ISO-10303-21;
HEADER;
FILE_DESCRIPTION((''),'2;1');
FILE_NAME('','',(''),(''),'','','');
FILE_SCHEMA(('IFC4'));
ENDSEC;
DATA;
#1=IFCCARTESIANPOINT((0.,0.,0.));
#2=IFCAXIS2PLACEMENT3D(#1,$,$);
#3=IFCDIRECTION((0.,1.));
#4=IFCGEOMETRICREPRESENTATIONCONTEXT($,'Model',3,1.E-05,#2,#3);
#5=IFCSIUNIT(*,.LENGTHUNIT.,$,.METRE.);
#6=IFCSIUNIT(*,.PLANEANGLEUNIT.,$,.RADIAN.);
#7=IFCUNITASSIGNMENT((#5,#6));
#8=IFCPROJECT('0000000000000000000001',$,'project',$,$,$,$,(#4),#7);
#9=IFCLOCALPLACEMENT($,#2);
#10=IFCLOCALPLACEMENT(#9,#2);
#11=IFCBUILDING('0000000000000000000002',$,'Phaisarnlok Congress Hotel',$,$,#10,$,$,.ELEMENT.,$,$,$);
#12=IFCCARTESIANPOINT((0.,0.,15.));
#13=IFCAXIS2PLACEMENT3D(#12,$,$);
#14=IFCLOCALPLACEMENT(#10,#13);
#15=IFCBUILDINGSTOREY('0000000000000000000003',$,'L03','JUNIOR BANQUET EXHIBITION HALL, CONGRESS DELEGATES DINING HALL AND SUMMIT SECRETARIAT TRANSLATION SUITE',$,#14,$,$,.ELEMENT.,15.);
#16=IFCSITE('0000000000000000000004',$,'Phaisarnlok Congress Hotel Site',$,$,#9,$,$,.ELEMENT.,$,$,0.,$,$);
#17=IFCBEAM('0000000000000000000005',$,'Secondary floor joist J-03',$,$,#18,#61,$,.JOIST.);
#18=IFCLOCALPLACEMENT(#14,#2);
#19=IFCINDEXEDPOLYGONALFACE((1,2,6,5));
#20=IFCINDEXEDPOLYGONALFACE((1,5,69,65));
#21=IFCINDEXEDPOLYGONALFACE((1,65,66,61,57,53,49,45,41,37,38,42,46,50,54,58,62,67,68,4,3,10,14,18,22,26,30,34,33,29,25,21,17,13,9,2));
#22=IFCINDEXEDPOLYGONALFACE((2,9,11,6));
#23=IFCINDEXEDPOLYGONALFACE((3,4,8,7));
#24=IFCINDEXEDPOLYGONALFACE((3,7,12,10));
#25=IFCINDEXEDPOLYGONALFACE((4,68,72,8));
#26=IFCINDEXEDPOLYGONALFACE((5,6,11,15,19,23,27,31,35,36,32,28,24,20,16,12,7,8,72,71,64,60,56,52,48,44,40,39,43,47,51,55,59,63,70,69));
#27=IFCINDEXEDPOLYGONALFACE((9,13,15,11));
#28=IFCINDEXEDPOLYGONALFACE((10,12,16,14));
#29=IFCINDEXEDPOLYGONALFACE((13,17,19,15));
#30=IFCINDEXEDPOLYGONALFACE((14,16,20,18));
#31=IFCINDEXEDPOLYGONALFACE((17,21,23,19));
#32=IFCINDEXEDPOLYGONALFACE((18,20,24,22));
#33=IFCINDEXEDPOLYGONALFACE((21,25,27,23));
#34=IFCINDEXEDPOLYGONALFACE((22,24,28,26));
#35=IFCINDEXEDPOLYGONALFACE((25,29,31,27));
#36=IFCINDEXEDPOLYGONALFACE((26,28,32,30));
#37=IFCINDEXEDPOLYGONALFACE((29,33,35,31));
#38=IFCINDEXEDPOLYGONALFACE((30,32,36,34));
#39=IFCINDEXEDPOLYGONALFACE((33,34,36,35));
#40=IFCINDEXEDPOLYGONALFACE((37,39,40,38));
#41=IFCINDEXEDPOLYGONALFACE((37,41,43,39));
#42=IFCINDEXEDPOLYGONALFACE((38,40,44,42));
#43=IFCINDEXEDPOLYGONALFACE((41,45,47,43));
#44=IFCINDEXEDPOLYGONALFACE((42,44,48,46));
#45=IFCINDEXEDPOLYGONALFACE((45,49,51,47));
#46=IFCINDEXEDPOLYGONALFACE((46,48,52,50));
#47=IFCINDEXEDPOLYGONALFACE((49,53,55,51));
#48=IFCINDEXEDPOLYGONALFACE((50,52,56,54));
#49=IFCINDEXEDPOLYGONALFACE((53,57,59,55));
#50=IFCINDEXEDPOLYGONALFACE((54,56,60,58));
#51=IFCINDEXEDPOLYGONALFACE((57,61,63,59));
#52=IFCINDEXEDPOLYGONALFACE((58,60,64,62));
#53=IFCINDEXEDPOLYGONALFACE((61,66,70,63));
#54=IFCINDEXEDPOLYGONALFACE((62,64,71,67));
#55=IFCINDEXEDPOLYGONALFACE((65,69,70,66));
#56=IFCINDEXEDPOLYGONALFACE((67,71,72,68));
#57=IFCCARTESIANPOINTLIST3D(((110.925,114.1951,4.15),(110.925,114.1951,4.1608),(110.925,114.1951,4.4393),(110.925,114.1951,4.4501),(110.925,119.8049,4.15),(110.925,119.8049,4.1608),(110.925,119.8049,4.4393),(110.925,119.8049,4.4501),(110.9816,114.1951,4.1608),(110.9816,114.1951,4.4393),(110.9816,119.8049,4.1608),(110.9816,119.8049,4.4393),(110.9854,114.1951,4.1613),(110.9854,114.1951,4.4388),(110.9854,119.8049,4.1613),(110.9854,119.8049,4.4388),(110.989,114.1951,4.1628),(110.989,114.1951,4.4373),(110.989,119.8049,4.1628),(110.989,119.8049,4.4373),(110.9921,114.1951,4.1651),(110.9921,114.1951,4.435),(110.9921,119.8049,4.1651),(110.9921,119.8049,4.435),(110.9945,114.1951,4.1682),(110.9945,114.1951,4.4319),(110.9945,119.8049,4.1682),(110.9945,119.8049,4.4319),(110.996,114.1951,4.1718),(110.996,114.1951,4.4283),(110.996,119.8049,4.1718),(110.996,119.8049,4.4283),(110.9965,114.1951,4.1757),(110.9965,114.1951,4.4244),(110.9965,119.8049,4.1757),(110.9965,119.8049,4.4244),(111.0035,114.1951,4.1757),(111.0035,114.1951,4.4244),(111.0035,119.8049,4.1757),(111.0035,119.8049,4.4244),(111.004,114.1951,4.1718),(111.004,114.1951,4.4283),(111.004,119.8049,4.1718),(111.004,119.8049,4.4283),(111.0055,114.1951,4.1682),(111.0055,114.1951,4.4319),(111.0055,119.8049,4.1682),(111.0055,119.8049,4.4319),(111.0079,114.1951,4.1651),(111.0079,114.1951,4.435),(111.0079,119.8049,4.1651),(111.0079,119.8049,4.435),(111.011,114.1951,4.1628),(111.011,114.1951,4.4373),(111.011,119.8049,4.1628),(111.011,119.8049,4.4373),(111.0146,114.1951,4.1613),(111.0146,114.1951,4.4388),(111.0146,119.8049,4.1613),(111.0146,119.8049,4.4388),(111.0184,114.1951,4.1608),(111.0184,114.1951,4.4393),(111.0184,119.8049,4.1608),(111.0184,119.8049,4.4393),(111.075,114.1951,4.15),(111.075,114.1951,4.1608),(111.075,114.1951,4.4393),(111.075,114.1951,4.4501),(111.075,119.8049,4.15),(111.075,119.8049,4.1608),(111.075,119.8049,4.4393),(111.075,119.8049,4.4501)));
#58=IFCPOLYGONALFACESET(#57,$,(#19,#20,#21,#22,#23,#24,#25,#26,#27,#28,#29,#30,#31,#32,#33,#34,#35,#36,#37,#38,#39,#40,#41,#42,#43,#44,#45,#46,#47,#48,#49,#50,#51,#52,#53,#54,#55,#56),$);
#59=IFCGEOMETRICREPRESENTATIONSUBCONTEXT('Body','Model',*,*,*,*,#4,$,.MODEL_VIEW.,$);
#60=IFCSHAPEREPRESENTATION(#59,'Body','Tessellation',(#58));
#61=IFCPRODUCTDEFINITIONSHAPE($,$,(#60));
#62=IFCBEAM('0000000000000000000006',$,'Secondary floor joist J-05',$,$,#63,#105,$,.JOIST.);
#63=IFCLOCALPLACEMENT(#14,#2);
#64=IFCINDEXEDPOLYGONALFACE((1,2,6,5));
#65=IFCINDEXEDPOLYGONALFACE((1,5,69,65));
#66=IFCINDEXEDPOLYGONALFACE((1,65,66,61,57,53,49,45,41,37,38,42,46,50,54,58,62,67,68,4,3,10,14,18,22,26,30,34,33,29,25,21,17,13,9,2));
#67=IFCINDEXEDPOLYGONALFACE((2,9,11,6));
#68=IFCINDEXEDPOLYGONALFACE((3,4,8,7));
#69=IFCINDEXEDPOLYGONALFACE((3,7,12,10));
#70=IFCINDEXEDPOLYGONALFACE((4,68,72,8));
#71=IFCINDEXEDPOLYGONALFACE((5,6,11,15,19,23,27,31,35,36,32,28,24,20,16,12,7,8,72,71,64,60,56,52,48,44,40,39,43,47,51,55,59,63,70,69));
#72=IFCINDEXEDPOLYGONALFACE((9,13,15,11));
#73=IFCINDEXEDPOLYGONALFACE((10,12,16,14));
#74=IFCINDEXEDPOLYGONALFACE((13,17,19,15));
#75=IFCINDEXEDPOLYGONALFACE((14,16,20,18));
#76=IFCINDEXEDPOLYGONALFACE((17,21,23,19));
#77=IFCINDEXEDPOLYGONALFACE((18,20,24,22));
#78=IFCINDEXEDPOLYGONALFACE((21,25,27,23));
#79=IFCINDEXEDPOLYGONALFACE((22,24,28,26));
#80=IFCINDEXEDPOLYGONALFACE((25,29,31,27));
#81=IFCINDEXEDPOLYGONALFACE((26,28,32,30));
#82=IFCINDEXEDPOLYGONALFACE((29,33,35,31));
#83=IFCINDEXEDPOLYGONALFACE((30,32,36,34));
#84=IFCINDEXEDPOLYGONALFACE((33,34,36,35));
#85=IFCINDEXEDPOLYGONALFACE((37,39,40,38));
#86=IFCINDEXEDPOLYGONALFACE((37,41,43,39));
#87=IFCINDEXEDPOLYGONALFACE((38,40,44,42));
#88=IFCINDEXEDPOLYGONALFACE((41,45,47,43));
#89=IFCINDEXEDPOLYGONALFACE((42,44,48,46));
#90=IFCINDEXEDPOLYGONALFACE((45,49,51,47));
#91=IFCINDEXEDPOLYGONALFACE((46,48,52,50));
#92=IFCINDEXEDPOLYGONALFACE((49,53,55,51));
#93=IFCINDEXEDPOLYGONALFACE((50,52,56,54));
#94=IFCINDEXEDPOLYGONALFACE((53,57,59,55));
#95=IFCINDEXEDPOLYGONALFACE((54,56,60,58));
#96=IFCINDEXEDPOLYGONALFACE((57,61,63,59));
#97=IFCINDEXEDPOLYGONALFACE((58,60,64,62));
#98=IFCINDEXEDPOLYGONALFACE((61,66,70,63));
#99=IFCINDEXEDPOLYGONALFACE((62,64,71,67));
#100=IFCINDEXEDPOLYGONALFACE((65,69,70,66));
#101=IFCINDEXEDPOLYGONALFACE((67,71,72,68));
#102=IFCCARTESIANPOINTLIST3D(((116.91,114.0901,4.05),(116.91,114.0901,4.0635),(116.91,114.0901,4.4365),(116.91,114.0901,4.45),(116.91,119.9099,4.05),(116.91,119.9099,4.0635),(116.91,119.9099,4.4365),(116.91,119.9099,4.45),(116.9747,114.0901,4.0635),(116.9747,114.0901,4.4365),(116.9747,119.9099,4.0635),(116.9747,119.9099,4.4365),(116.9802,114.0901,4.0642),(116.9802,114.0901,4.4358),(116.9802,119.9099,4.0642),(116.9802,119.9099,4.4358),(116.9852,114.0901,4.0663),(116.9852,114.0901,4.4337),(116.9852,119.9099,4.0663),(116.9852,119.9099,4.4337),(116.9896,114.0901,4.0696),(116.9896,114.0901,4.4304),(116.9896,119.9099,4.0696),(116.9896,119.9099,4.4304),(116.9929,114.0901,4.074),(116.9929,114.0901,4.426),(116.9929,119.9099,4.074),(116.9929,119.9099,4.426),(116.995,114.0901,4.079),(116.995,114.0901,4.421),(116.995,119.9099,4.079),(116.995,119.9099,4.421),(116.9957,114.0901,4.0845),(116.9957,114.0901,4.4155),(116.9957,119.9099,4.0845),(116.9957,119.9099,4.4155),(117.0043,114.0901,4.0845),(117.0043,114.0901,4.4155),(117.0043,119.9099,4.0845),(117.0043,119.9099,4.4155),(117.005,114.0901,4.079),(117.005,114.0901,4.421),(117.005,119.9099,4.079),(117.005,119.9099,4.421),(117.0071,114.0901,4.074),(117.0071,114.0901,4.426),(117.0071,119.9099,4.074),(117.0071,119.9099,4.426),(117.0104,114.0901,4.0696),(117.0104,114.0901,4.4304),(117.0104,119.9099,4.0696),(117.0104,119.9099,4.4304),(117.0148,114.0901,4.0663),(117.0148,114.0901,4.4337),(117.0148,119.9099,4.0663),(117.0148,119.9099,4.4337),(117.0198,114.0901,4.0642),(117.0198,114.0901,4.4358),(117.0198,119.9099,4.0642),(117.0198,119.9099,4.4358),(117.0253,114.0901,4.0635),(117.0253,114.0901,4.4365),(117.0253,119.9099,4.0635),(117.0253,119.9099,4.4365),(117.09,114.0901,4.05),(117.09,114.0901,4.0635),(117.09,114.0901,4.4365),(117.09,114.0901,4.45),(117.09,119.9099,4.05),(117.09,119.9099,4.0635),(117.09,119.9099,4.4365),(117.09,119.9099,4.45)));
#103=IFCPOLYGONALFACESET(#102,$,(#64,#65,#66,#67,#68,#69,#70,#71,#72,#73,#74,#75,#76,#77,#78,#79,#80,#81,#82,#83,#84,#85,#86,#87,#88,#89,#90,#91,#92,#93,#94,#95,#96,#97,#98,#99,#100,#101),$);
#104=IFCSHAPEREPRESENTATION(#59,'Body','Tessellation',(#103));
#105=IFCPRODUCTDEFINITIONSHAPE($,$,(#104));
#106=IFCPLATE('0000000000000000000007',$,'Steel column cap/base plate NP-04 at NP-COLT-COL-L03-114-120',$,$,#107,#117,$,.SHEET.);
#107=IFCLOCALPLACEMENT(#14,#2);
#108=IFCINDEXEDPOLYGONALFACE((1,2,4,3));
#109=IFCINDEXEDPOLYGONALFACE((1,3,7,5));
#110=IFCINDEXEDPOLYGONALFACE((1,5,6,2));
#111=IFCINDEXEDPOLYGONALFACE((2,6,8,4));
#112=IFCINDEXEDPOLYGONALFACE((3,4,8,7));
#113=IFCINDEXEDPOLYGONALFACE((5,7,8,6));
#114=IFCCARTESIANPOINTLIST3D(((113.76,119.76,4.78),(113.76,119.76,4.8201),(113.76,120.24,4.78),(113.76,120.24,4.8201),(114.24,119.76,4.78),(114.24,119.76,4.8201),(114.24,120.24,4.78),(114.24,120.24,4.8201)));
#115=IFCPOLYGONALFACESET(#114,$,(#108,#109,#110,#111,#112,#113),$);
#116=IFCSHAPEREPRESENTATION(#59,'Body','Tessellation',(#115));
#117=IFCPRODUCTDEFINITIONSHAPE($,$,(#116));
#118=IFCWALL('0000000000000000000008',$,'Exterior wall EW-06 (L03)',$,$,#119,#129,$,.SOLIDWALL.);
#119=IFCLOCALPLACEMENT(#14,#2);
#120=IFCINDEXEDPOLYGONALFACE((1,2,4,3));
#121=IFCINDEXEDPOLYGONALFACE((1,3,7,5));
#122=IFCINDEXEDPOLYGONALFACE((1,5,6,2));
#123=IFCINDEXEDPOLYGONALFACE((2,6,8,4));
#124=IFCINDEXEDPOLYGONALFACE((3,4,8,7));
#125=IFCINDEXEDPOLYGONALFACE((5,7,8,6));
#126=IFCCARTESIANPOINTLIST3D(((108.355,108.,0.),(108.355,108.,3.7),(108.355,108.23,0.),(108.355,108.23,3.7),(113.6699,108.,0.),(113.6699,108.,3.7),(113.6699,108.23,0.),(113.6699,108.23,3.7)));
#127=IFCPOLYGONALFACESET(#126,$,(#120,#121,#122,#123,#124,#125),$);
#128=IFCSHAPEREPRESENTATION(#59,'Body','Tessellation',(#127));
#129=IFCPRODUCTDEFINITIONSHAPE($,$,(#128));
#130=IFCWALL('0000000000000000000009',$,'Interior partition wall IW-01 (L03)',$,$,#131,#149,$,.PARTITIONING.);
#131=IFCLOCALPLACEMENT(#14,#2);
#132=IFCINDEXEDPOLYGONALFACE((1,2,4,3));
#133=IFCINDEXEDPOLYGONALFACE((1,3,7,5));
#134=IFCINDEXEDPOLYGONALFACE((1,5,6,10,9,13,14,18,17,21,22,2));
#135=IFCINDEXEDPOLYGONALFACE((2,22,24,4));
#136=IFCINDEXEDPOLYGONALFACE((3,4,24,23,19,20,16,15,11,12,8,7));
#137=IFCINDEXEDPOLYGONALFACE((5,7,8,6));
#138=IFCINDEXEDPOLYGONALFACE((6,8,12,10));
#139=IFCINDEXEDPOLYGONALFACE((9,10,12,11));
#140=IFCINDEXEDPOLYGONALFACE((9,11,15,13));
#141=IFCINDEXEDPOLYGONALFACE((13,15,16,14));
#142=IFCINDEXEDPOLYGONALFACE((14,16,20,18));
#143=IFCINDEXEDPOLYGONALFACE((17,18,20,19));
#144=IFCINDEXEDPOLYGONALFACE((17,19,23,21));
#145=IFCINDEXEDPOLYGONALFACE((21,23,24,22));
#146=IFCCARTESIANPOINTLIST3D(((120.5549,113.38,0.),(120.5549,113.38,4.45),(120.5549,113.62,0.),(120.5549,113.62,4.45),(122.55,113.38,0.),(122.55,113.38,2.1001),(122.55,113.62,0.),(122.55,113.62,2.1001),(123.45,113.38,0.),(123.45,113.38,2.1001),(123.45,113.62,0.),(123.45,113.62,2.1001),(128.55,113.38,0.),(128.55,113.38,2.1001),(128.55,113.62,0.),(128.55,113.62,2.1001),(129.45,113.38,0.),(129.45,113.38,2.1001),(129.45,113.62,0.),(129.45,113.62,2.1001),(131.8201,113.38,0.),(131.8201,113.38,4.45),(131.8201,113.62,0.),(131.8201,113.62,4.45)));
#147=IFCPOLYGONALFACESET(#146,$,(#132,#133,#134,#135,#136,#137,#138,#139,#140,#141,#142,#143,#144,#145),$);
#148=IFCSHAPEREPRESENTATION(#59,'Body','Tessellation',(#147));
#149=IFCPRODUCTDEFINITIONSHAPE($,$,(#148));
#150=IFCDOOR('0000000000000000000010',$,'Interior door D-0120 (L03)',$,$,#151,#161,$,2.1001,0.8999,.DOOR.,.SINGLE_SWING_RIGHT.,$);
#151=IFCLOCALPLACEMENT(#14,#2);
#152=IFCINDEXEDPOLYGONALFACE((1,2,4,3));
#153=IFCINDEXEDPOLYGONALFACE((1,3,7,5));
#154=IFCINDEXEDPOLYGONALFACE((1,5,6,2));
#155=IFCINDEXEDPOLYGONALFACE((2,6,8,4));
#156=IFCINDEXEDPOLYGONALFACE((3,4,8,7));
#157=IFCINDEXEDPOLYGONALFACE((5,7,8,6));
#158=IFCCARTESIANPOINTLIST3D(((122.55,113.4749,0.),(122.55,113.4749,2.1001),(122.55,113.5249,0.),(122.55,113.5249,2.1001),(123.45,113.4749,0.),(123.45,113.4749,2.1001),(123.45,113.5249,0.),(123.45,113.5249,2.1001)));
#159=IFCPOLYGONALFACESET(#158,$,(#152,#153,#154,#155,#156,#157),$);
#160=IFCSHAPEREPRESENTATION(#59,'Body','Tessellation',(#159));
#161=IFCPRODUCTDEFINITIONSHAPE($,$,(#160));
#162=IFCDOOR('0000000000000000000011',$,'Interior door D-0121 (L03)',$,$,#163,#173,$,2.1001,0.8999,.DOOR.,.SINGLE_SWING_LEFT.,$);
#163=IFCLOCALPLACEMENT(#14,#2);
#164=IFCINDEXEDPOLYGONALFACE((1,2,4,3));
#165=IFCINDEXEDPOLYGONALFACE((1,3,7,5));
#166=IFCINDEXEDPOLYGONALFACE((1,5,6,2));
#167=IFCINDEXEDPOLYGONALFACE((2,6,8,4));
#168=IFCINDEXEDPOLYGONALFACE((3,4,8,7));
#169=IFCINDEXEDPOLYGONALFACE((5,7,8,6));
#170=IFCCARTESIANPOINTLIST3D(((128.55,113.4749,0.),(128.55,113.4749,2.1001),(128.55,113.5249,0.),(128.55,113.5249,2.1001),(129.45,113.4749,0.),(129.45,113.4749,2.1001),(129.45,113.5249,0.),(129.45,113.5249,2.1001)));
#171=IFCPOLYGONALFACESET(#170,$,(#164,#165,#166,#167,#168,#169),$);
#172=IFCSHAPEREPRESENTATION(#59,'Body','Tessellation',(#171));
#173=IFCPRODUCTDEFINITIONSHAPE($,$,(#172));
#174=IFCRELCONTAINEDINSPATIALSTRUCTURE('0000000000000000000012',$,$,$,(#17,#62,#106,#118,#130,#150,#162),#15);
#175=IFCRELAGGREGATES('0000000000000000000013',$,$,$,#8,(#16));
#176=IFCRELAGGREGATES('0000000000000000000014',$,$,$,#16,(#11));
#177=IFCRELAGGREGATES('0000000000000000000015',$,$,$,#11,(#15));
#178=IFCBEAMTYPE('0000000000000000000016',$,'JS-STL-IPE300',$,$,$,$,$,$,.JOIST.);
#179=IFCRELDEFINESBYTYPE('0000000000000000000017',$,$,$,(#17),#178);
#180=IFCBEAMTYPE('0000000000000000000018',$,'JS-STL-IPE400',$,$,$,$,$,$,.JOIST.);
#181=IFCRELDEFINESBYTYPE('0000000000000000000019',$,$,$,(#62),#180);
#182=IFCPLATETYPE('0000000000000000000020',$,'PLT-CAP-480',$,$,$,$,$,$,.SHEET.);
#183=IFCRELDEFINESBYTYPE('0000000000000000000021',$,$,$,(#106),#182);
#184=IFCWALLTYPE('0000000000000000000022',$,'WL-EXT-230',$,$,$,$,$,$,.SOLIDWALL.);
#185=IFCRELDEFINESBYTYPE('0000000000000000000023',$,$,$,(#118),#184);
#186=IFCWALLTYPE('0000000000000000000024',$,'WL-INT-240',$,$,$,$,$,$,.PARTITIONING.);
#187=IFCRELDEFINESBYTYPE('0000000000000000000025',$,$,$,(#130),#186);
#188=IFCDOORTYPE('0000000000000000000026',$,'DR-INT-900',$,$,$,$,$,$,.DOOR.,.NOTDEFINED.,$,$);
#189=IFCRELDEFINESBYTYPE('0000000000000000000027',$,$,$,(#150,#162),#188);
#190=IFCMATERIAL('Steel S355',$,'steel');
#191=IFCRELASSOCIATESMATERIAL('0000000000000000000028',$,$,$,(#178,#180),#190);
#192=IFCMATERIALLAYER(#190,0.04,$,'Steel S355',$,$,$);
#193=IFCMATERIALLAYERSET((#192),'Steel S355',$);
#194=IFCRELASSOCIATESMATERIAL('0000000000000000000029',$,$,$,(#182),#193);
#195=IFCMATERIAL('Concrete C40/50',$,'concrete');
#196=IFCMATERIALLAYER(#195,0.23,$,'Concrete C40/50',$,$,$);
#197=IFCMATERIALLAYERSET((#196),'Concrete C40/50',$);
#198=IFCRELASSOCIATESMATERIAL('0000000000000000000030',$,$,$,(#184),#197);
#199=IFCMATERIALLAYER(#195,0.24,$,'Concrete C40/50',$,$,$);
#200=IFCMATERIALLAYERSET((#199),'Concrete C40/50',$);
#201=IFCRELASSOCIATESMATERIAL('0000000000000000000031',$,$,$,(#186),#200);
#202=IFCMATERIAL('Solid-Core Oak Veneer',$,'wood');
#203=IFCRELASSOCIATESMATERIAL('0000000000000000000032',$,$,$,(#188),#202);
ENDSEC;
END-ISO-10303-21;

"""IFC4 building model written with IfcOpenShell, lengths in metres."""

from ifc_helpers import new_model, si_unit, direction, frame, frame_2d, origin, origin_2d, place, context, subcontext, project, spatial, rectangle, i_section, extrude, material, layer, layer_set, material_profile, profile_set, type_object, element, fill, save


model = new_model("IFC4")

# Units and contexts
model_context = context("Model", 3, precision=1e-05, world=origin(), true_north=direction((0.0, 1.0)))
body_context = subcontext(model_context, "Body", "Model", "MODEL_VIEW")
ifc_project = project(units=[si_unit("LENGTHUNIT", "METRE"), si_unit("PLANEANGLEUNIT", "RADIAN")], contexts=[model_context])

# Site, building, storey
site_placement = place(None, origin())
site = spatial("IfcSite", under=ifc_project, at=site_placement, Name="Phaisarnlok Congress Hotel Site", CompositionType="ELEMENT", RefElevation=0.0)
building_placement = place(site_placement, origin())
building = spatial("IfcBuilding", under=site, at=building_placement, Name="Phaisarnlok Congress Hotel", CompositionType="ELEMENT")
storey_placement = place(building_placement, frame((0.0, 0.0, 15.0)))
storey = spatial("IfcBuildingStorey", under=building, at=storey_placement, Name="L03", Description="JUNIOR BANQUET EXHIBITION HALL, CONGRESS DELEGATES DINING HALL AND SUMMIT SECRETARIAT TRANSLATION SUITE", CompositionType="ELEMENT", Elevation=15.0)

# Shared definitions
ifc_material_1 = material(Name="Steel S355", Category="steel")

# Beams
ifc_material_2 = material(Name="Concrete C40/50", Category="concrete")
ifc_material_profile_1 = material_profile(ifc_material_1, i_section(OverallWidth=0.1499, OverallDepth=0.3, WebThickness=0.0071, FlangeThickness=0.0107, FilletRadius=0.0149, at=origin_2d()), Name="IPE 300")
ifc_profile_set_1 = profile_set([ifc_material_profile_1], Name="Steel S355")
beam_type_1 = type_object("IfcBeamType", Name="JS-STL-IPE300", PredefinedType="JOIST", material=ifc_profile_set_1)
beam_1_placement = place(storey_placement, frame((111.0, 114.1951, 4.3), z_axis=(0.0, 1.0, 0.0), x_axis=(-1.0, 0.0, 0.0)))
element("IfcBeam", 1, at=beam_1_placement, inside=storey, type_object=beam_type_1, Name="Secondary floor joist J-03", PredefinedType="JOIST", context=body_context, shape_type="SweptSolid", body=[
    extrude(i_section(OverallWidth=0.1499, OverallDepth=0.3, WebThickness=0.0071, FlangeThickness=0.0107, FilletRadius=0.0149, at=origin_2d()), origin(), (0.0, 0.0, 1.0), 5.6099),
])
ifc_material_profile_2 = material_profile(ifc_material_1, i_section(OverallWidth=0.1799, OverallDepth=0.3999, WebThickness=0.0085, FlangeThickness=0.0134, FilletRadius=0.021, at=origin_2d()), Name="IPE 400")
ifc_profile_set_2 = profile_set([ifc_material_profile_2], Name="Steel S355")
beam_type_2 = type_object("IfcBeamType", Name="JS-STL-IPE400", PredefinedType="JOIST", material=ifc_profile_set_2)
beam_2_placement = place(storey_placement, frame((117.0, 114.0901, 4.25), z_axis=(0.0, 1.0, 0.0), x_axis=(-1.0, 0.0, 0.0)))
element("IfcBeam", 2, at=beam_2_placement, inside=storey, type_object=beam_type_2, Name="Secondary floor joist J-05", PredefinedType="JOIST", context=body_context, shape_type="SweptSolid", body=[
    extrude(i_section(OverallWidth=0.1799, OverallDepth=0.3999, WebThickness=0.0085, FlangeThickness=0.0134, FilletRadius=0.021, at=origin_2d()), origin(), (0.0, 0.0, 1.0), 5.8198),
])

# Plate
ifc_layer_1 = layer(ifc_material_1, 0.04, Name="Steel S355")
ifc_layer_set_1 = layer_set([ifc_layer_1], Name="Steel S355")
plate_type = type_object("IfcPlateType", Name="PLT-CAP-480", PredefinedType="SHEET", material=ifc_layer_set_1)
plate_placement = place(storey_placement, frame((114.0, 120.0, 4.78), z_axis=(0.0, 0.0, 1.0), x_axis=(1.0, 0.0, 0.0)))
element("IfcPlate", 3, at=plate_placement, inside=storey, type_object=plate_type, Name="Steel column cap/base plate NP-04 at NP-COLT-COL-L03-114-120", PredefinedType="SHEET", context=body_context, shape_type="SweptSolid", body=[
    extrude(rectangle(XDim=0.48, YDim=0.48, at=origin_2d()), origin(), (0.0, 0.0, 1.0), 0.04),
])

# Wall
ifc_layer_2 = layer(ifc_material_2, 0.23, Name="Concrete C40/50")
ifc_layer_set_2 = layer_set([ifc_layer_2], Name="Concrete C40/50")
wall_type_1 = type_object("IfcWallType", Name="WL-EXT-230", PredefinedType="SOLIDWALL", material=ifc_layer_set_2)
wall_1_placement = place(storey_placement, frame((108.355, 108.115, 0.0), z_axis=(0.0, 0.0, 1.0), x_axis=(1.0, 0.0, 0.0)))
element("IfcWall", 4, at=wall_1_placement, inside=storey, type_object=wall_type_1, Name="Exterior wall EW-06 (L03)", PredefinedType="SOLIDWALL", context=body_context, shape_type="SweptSolid", body=[
    extrude(rectangle(XDim=5.3149, YDim=0.23, at=frame_2d((2.6575, 0.0))), origin(), (0.0, 0.0, 1.0), 3.7),
])

# Wall, openings, doors
ifc_layer_3 = layer(ifc_material_2, 0.24, Name="Concrete C40/50")
ifc_layer_set_3 = layer_set([ifc_layer_3], Name="Concrete C40/50")
wall_type_2 = type_object("IfcWallType", Name="WL-INT-240", PredefinedType="PARTITIONING", material=ifc_layer_set_3)
wall_2_placement = place(storey_placement, frame((120.5549, 113.5, 0.0), z_axis=(0.0, 0.0, 1.0), x_axis=(1.0, 0.0, 0.0)))
wall_2 = element("IfcWall", 5, at=wall_2_placement, inside=storey, type_object=wall_type_2, Name="Interior partition wall IW-01 (L03)", PredefinedType="PARTITIONING", context=body_context, shape_type="SweptSolid", body=[
    extrude(rectangle(XDim=11.2651, YDim=0.24, at=frame_2d((5.6326, 0.0))), origin(), (0.0, 0.0, 1.0), 4.45),
])
opening_1_placement = place(wall_2_placement, frame((1.9951, 0.0, 0.0)))
opening_1 = element("IfcOpeningElement", 6, at=opening_1_placement, cuts=wall_2, PredefinedType="OPENING", context=body_context, shape_type="SweptSolid", body=[
    extrude(rectangle(XDim=0.8999, YDim=2.1001, at=frame_2d((0.45, 1.05))), frame((0.0, 0.1299, 0.0), z_axis=(0.0, -1.0, 0.0), x_axis=(1.0, 0.0, 0.0)), (0.0, 0.0, 1.0), 0.26),
])
opening_2_placement = place(wall_2_placement, frame((7.9951, 0.0, 0.0)))
opening_2 = element("IfcOpeningElement", 7, at=opening_2_placement, cuts=wall_2, PredefinedType="OPENING", context=body_context, shape_type="SweptSolid", body=[
    extrude(rectangle(XDim=0.8999, YDim=2.1001, at=frame_2d((0.45, 1.05))), frame((0.0, 0.1299, 0.0), z_axis=(0.0, -1.0, 0.0), x_axis=(1.0, 0.0, 0.0)), (0.0, 0.0, 1.0), 0.26),
])
ifc_material_3 = material(Name="Solid-Core Oak Veneer", Category="wood")
door_type_1 = type_object("IfcDoorType", Name="DR-INT-900", OperationType="NOTDEFINED", PredefinedType="DOOR", material=ifc_material_3)
door_1_placement = place(opening_1_placement, origin())
door_1 = element("IfcDoor", 8, at=door_1_placement, inside=storey, type_object=door_type_1, Name="Interior door D-0120 (L03)", OperationType="SINGLE_SWING_RIGHT", OverallHeight=2.1001, OverallWidth=0.8999, PredefinedType="DOOR", context=body_context, shape_type="SweptSolid", body=[
    extrude(rectangle(XDim=0.8999, YDim=2.1001, at=frame_2d((0.45, 1.05))), frame((0.0, 0.0249, 0.0), z_axis=(0.0, -1.0, 0.0), x_axis=(1.0, 0.0, 0.0)), (0.0, 0.0, 1.0), 0.05),
])
fill(opening_1, door_1)
door_2_placement = place(opening_2_placement, origin())
door_2 = element("IfcDoor", 9, at=door_2_placement, inside=storey, type_object=door_type_1, Name="Interior door D-0121 (L03)", OperationType="SINGLE_SWING_LEFT", OverallHeight=2.1001, OverallWidth=0.8999, PredefinedType="DOOR", context=body_context, shape_type="SweptSolid", body=[
    extrude(rectangle(XDim=0.8999, YDim=2.1001, at=frame_2d((0.45, 1.05))), frame((0.0, 0.0249, 0.0), z_axis=(0.0, -1.0, 0.0), x_axis=(1.0, 0.0, 0.0)), (0.0, 0.0, 1.0), 0.05),
])
fill(opening_2, door_2)

save(model, "model.ifc")
